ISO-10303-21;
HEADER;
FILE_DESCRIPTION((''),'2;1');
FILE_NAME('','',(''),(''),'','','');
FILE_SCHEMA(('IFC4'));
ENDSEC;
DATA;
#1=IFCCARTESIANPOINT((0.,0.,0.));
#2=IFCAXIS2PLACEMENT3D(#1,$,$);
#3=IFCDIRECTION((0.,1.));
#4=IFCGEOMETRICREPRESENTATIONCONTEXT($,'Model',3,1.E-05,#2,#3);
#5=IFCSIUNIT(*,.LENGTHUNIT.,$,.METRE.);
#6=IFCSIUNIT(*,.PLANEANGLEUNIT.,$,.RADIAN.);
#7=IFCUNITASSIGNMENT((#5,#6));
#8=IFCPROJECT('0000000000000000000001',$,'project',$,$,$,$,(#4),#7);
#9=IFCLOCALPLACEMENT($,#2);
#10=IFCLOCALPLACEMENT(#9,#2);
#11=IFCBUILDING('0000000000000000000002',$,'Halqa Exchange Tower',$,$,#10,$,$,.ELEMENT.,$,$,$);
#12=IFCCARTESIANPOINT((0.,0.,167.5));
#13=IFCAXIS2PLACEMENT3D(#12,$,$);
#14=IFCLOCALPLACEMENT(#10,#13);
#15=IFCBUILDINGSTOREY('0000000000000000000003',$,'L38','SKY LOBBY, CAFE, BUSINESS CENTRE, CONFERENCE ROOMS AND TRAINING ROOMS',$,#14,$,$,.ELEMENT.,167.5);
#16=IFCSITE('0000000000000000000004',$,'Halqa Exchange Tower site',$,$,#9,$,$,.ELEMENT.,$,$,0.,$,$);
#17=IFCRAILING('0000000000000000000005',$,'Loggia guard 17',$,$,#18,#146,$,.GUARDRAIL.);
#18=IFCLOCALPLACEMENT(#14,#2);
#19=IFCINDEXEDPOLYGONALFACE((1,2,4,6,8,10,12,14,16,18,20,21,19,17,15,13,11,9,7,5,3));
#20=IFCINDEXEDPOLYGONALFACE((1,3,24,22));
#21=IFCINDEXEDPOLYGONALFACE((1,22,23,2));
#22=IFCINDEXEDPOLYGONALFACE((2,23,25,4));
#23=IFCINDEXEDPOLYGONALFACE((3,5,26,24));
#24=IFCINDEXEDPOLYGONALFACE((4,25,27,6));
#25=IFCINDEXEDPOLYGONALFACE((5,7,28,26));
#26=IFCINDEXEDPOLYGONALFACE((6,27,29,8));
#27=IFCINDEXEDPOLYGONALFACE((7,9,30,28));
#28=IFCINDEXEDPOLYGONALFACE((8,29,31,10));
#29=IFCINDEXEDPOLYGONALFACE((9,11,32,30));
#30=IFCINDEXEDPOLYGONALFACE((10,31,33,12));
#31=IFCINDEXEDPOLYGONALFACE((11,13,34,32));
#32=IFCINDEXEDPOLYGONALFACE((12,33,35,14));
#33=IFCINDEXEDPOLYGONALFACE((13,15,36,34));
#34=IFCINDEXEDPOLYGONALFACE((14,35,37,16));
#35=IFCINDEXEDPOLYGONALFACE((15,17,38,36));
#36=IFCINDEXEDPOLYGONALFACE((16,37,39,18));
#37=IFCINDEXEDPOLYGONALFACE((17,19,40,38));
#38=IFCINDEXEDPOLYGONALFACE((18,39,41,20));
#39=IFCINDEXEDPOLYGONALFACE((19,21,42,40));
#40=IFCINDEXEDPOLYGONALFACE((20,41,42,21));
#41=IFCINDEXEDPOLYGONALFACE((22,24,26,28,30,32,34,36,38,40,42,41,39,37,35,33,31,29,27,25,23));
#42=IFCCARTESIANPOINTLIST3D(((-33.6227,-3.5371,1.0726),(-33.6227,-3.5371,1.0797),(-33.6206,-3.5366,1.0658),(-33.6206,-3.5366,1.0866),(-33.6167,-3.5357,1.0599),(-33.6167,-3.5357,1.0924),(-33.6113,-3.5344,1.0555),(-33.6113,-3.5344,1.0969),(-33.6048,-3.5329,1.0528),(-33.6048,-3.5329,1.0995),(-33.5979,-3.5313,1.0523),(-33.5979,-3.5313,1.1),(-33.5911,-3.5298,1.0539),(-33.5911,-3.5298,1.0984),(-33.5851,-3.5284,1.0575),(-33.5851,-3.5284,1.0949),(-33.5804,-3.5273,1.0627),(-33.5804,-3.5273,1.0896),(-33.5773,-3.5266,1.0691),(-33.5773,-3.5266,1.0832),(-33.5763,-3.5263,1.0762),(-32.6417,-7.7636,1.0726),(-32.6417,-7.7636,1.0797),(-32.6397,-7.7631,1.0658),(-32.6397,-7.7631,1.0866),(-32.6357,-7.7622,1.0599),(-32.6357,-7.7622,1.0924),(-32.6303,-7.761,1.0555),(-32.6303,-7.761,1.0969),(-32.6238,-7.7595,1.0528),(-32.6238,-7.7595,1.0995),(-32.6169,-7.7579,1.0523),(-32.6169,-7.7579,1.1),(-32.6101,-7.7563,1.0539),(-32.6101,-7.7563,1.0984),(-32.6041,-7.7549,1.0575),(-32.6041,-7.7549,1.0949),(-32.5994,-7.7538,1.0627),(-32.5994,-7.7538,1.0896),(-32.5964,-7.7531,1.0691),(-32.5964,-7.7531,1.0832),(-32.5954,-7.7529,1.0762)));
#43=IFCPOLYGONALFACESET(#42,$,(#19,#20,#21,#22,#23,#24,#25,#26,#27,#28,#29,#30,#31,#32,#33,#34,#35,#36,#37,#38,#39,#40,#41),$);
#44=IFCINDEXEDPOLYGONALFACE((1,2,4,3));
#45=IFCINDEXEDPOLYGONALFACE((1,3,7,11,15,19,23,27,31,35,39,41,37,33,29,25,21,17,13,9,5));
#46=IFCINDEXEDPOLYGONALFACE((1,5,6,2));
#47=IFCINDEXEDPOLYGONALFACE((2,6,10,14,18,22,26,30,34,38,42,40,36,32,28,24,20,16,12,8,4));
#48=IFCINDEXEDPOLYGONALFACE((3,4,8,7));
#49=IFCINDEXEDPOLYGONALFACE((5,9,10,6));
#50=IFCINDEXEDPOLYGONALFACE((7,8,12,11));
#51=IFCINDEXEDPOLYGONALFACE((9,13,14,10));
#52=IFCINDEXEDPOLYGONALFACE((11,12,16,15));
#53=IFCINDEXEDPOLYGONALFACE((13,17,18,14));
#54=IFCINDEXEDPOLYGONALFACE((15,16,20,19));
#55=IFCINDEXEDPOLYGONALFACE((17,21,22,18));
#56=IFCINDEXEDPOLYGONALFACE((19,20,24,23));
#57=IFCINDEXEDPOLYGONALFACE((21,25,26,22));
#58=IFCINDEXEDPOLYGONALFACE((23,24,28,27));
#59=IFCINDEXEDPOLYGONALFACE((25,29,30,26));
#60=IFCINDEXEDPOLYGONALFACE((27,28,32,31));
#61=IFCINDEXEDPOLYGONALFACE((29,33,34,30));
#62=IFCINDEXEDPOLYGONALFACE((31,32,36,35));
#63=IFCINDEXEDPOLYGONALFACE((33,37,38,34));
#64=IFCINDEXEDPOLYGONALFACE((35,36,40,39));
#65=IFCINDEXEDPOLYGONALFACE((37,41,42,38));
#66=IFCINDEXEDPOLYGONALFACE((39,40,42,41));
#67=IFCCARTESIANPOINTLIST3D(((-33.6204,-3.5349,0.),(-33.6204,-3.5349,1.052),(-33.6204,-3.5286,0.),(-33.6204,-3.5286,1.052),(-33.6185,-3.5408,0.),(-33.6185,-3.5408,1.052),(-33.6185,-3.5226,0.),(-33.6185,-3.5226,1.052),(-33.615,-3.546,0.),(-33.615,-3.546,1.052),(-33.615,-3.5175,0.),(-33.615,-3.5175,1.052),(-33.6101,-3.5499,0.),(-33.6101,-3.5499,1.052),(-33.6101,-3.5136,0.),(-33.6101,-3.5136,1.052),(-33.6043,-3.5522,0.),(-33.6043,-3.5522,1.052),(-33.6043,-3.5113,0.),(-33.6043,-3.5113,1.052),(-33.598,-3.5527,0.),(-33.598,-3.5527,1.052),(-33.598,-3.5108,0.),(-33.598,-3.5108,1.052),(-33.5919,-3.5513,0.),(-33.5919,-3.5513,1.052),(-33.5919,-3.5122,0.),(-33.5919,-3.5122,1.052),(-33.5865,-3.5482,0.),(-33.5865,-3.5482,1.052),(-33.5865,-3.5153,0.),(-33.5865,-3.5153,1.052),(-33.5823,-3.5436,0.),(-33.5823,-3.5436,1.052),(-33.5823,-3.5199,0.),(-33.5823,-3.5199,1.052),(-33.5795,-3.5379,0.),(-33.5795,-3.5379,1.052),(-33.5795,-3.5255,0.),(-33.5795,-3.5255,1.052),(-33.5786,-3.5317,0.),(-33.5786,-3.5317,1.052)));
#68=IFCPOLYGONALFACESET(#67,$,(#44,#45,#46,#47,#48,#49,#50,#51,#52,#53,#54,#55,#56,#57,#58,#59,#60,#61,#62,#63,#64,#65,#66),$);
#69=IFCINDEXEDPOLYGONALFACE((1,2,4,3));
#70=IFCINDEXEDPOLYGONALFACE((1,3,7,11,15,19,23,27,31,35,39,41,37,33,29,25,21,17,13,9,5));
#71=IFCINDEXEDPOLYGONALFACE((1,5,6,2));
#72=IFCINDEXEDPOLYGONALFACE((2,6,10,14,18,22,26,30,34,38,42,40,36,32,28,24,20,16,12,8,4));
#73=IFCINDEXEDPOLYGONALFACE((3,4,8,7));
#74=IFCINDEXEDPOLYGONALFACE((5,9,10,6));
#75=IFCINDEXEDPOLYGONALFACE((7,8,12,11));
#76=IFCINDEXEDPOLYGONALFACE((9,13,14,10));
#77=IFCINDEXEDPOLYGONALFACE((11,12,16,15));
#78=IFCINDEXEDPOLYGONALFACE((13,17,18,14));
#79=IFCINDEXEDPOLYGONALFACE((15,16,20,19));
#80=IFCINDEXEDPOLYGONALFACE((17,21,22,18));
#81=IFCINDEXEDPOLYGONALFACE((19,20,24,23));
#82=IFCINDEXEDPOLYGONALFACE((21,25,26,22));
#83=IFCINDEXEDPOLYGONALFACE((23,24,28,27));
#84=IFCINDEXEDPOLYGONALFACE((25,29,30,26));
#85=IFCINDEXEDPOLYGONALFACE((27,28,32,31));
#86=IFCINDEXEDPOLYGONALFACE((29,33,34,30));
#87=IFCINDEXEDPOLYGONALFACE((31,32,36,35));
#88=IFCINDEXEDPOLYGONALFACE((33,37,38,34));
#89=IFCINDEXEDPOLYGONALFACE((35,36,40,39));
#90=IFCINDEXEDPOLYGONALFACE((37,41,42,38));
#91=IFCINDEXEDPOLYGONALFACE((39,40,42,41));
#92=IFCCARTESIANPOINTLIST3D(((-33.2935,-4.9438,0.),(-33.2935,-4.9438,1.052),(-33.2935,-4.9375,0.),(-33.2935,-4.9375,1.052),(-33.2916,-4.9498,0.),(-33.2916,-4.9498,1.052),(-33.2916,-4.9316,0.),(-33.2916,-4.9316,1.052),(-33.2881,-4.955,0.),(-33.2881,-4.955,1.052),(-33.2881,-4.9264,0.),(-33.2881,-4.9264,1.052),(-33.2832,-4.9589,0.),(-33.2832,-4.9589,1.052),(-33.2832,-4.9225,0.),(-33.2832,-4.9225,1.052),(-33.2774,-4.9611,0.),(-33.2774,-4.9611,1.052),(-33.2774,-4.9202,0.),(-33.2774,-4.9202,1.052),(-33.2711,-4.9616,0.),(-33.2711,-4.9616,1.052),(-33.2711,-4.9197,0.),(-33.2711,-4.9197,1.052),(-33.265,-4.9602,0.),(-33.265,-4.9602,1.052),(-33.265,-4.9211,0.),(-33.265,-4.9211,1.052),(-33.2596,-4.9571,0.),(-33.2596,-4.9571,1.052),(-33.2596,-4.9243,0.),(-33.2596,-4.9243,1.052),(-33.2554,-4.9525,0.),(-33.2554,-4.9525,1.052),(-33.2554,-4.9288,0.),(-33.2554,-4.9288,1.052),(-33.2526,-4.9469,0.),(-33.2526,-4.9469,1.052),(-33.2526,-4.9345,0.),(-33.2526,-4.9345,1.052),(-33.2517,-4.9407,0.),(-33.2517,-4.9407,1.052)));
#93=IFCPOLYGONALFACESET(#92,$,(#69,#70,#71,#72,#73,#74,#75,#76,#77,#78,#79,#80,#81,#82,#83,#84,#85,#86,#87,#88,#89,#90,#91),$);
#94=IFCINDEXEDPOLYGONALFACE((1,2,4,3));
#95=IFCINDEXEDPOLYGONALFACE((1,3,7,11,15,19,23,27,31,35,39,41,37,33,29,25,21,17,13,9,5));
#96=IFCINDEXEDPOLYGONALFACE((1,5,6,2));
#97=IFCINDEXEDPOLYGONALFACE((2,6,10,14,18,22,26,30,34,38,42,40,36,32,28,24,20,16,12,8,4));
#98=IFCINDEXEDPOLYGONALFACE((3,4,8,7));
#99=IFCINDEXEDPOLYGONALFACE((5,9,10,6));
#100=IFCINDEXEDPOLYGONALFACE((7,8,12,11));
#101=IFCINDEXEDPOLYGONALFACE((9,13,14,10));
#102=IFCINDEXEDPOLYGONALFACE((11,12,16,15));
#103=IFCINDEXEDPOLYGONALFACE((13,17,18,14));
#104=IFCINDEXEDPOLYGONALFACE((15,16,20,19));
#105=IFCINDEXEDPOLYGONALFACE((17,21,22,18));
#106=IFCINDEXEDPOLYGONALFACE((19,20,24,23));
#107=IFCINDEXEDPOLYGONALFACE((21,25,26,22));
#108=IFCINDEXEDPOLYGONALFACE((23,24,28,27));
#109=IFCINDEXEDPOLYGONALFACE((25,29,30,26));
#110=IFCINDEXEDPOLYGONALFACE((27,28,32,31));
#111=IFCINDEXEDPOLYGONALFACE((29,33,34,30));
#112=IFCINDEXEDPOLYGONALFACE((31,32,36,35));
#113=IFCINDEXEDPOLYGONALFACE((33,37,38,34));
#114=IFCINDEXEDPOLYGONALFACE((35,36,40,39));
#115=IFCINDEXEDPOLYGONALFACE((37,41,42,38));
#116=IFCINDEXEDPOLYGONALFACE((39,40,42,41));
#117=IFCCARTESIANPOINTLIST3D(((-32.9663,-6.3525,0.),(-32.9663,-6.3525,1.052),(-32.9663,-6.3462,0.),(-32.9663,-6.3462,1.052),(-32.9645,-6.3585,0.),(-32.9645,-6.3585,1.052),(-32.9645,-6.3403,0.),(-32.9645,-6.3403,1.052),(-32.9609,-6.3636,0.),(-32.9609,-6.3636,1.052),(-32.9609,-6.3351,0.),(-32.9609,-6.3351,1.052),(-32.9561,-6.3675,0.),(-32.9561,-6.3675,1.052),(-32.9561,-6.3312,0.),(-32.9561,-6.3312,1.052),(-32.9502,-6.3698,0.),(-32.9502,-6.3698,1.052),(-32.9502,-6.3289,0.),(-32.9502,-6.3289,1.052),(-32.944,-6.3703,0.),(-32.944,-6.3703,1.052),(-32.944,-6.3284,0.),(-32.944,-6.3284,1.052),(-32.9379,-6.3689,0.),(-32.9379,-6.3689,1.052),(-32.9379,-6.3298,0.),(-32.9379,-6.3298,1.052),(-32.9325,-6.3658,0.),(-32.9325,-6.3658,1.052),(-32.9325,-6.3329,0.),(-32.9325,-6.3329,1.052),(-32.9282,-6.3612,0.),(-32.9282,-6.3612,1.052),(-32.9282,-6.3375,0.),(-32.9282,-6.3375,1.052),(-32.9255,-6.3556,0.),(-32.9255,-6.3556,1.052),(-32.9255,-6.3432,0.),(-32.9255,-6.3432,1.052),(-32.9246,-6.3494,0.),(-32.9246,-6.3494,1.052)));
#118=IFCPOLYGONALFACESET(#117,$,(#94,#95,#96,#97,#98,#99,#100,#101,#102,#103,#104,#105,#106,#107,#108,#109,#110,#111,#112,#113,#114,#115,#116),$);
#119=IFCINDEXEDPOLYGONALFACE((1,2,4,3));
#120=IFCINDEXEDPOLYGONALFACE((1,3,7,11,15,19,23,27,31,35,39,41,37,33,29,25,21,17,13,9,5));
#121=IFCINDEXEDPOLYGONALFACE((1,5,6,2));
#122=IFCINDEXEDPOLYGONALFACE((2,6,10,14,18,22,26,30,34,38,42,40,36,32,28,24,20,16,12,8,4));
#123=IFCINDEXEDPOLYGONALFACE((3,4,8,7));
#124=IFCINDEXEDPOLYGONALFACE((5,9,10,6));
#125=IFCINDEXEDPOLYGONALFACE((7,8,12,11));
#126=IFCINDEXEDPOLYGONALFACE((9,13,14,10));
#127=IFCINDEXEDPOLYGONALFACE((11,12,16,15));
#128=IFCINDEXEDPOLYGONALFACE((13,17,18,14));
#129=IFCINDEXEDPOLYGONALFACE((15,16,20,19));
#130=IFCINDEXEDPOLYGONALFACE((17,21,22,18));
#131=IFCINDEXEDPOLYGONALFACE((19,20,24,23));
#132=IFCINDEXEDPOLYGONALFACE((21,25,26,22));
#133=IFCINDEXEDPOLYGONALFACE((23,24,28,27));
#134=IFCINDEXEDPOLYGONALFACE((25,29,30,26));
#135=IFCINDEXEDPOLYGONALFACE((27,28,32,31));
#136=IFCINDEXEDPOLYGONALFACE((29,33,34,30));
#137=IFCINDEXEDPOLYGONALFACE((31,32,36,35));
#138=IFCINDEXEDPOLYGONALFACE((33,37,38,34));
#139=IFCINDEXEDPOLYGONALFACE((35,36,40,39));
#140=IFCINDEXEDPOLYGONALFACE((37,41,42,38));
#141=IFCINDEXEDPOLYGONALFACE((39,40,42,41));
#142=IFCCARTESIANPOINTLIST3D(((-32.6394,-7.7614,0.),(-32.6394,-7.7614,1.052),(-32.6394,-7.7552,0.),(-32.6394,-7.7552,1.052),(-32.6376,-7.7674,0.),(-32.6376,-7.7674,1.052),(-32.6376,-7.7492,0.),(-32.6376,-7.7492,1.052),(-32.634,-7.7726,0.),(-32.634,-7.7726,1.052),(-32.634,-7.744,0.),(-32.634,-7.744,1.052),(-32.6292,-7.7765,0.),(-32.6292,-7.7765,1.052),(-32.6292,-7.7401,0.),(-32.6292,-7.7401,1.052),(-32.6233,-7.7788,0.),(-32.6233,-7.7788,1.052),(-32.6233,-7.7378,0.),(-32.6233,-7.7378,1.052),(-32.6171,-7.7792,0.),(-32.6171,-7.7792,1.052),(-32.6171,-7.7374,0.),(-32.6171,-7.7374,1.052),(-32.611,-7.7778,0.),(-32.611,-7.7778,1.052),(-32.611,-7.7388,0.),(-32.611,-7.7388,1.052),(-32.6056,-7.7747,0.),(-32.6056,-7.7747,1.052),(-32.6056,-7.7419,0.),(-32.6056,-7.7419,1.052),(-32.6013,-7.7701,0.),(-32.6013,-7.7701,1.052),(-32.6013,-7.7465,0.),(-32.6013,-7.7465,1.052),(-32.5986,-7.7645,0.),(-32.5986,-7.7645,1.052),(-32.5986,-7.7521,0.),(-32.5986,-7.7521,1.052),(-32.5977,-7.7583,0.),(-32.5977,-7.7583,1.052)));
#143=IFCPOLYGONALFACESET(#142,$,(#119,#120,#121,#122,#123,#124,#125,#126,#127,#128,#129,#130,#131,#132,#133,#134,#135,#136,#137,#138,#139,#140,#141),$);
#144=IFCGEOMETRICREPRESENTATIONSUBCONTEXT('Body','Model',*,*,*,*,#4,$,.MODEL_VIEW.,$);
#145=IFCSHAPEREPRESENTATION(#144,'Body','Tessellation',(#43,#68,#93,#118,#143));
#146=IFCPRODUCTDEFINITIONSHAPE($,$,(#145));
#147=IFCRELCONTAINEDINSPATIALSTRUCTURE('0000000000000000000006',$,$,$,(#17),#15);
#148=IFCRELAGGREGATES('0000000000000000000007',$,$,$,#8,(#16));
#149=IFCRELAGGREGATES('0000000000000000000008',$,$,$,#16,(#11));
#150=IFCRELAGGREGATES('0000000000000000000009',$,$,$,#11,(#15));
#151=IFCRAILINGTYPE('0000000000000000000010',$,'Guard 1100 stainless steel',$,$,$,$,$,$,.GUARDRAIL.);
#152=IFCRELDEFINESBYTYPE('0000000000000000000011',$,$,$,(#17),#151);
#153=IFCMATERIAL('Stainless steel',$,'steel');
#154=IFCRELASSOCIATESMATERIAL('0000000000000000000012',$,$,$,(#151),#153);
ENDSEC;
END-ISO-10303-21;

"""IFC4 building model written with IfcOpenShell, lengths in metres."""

from ifc_helpers import new_model, si_unit, direction, frame, origin, origin_2d, place, context, subcontext, project, spatial, circle, extrude, material, type_object, element, save


model = new_model("IFC4")

# Units and contexts
model_context = context("Model", 3, precision=1e-05, world=origin(), true_north=direction((0.0, 1.0)))
body_context = subcontext(model_context, "Body", "Model", "MODEL_VIEW")
ifc_project = project(units=[si_unit("LENGTHUNIT", "METRE"), si_unit("PLANEANGLEUNIT", "RADIAN")], contexts=[model_context])

# Site, building, storey
site_placement = place(None, origin())
site = spatial("IfcSite", under=ifc_project, at=site_placement, Name="Halqa Exchange Tower site", CompositionType="ELEMENT", RefElevation=0.0)
building_placement = place(site_placement, origin())
building = spatial("IfcBuilding", under=site, at=building_placement, Name="Halqa Exchange Tower", CompositionType="ELEMENT")
storey_placement = place(building_placement, frame((0.0, 0.0, 167.5)))
storey = spatial("IfcBuildingStorey", under=building, at=storey_placement, Name="L38", Description="SKY LOBBY, CAFE, BUSINESS CENTRE, CONFERENCE ROOMS AND TRAINING ROOMS", CompositionType="ELEMENT", Elevation=167.5)

# Railing
ifc_material_1 = material(Name="Stainless steel", Category="steel")
railing_type = type_object("IfcRailingType", Name="Guard 1100 stainless steel", PredefinedType="GUARDRAIL", material=ifc_material_1)
railing_1_placement = place(storey_placement, frame((-33.5996, -3.5317, 0.0)))
element("IfcRailing", 1, at=railing_1_placement, inside=storey, type_object=railing_type, Name="Loggia guard 17", PredefinedType="GUARDRAIL", context=body_context, shape_type="SweptSolid", body=[
    extrude(circle(Radius=0.0239, at=origin_2d()), frame((0.0, 0.0, 1.0762), z_axis=(0.226084, -0.974108, 0.0), x_axis=(0.974108, 0.226084, 0.0)), (0.0, 0.0, 1.0), 4.3389),
    extrude(circle(Radius=0.021, at=origin_2d()), origin(), (0.0, 0.0, 1.0), 1.052),
    extrude(circle(Radius=0.021, at=origin_2d()), frame((0.3269, -1.4089, 0.0)), (0.0, 0.0, 1.0), 1.052),
    extrude(circle(Radius=0.021, at=origin_2d()), frame((0.6541, -2.8176, 0.0)), (0.0, 0.0, 1.0), 1.052),
    extrude(circle(Radius=0.021, at=origin_2d()), frame((0.981, -4.2266, 0.0)), (0.0, 0.0, 1.0), 1.052),
])

save(model, "model.ifc")
